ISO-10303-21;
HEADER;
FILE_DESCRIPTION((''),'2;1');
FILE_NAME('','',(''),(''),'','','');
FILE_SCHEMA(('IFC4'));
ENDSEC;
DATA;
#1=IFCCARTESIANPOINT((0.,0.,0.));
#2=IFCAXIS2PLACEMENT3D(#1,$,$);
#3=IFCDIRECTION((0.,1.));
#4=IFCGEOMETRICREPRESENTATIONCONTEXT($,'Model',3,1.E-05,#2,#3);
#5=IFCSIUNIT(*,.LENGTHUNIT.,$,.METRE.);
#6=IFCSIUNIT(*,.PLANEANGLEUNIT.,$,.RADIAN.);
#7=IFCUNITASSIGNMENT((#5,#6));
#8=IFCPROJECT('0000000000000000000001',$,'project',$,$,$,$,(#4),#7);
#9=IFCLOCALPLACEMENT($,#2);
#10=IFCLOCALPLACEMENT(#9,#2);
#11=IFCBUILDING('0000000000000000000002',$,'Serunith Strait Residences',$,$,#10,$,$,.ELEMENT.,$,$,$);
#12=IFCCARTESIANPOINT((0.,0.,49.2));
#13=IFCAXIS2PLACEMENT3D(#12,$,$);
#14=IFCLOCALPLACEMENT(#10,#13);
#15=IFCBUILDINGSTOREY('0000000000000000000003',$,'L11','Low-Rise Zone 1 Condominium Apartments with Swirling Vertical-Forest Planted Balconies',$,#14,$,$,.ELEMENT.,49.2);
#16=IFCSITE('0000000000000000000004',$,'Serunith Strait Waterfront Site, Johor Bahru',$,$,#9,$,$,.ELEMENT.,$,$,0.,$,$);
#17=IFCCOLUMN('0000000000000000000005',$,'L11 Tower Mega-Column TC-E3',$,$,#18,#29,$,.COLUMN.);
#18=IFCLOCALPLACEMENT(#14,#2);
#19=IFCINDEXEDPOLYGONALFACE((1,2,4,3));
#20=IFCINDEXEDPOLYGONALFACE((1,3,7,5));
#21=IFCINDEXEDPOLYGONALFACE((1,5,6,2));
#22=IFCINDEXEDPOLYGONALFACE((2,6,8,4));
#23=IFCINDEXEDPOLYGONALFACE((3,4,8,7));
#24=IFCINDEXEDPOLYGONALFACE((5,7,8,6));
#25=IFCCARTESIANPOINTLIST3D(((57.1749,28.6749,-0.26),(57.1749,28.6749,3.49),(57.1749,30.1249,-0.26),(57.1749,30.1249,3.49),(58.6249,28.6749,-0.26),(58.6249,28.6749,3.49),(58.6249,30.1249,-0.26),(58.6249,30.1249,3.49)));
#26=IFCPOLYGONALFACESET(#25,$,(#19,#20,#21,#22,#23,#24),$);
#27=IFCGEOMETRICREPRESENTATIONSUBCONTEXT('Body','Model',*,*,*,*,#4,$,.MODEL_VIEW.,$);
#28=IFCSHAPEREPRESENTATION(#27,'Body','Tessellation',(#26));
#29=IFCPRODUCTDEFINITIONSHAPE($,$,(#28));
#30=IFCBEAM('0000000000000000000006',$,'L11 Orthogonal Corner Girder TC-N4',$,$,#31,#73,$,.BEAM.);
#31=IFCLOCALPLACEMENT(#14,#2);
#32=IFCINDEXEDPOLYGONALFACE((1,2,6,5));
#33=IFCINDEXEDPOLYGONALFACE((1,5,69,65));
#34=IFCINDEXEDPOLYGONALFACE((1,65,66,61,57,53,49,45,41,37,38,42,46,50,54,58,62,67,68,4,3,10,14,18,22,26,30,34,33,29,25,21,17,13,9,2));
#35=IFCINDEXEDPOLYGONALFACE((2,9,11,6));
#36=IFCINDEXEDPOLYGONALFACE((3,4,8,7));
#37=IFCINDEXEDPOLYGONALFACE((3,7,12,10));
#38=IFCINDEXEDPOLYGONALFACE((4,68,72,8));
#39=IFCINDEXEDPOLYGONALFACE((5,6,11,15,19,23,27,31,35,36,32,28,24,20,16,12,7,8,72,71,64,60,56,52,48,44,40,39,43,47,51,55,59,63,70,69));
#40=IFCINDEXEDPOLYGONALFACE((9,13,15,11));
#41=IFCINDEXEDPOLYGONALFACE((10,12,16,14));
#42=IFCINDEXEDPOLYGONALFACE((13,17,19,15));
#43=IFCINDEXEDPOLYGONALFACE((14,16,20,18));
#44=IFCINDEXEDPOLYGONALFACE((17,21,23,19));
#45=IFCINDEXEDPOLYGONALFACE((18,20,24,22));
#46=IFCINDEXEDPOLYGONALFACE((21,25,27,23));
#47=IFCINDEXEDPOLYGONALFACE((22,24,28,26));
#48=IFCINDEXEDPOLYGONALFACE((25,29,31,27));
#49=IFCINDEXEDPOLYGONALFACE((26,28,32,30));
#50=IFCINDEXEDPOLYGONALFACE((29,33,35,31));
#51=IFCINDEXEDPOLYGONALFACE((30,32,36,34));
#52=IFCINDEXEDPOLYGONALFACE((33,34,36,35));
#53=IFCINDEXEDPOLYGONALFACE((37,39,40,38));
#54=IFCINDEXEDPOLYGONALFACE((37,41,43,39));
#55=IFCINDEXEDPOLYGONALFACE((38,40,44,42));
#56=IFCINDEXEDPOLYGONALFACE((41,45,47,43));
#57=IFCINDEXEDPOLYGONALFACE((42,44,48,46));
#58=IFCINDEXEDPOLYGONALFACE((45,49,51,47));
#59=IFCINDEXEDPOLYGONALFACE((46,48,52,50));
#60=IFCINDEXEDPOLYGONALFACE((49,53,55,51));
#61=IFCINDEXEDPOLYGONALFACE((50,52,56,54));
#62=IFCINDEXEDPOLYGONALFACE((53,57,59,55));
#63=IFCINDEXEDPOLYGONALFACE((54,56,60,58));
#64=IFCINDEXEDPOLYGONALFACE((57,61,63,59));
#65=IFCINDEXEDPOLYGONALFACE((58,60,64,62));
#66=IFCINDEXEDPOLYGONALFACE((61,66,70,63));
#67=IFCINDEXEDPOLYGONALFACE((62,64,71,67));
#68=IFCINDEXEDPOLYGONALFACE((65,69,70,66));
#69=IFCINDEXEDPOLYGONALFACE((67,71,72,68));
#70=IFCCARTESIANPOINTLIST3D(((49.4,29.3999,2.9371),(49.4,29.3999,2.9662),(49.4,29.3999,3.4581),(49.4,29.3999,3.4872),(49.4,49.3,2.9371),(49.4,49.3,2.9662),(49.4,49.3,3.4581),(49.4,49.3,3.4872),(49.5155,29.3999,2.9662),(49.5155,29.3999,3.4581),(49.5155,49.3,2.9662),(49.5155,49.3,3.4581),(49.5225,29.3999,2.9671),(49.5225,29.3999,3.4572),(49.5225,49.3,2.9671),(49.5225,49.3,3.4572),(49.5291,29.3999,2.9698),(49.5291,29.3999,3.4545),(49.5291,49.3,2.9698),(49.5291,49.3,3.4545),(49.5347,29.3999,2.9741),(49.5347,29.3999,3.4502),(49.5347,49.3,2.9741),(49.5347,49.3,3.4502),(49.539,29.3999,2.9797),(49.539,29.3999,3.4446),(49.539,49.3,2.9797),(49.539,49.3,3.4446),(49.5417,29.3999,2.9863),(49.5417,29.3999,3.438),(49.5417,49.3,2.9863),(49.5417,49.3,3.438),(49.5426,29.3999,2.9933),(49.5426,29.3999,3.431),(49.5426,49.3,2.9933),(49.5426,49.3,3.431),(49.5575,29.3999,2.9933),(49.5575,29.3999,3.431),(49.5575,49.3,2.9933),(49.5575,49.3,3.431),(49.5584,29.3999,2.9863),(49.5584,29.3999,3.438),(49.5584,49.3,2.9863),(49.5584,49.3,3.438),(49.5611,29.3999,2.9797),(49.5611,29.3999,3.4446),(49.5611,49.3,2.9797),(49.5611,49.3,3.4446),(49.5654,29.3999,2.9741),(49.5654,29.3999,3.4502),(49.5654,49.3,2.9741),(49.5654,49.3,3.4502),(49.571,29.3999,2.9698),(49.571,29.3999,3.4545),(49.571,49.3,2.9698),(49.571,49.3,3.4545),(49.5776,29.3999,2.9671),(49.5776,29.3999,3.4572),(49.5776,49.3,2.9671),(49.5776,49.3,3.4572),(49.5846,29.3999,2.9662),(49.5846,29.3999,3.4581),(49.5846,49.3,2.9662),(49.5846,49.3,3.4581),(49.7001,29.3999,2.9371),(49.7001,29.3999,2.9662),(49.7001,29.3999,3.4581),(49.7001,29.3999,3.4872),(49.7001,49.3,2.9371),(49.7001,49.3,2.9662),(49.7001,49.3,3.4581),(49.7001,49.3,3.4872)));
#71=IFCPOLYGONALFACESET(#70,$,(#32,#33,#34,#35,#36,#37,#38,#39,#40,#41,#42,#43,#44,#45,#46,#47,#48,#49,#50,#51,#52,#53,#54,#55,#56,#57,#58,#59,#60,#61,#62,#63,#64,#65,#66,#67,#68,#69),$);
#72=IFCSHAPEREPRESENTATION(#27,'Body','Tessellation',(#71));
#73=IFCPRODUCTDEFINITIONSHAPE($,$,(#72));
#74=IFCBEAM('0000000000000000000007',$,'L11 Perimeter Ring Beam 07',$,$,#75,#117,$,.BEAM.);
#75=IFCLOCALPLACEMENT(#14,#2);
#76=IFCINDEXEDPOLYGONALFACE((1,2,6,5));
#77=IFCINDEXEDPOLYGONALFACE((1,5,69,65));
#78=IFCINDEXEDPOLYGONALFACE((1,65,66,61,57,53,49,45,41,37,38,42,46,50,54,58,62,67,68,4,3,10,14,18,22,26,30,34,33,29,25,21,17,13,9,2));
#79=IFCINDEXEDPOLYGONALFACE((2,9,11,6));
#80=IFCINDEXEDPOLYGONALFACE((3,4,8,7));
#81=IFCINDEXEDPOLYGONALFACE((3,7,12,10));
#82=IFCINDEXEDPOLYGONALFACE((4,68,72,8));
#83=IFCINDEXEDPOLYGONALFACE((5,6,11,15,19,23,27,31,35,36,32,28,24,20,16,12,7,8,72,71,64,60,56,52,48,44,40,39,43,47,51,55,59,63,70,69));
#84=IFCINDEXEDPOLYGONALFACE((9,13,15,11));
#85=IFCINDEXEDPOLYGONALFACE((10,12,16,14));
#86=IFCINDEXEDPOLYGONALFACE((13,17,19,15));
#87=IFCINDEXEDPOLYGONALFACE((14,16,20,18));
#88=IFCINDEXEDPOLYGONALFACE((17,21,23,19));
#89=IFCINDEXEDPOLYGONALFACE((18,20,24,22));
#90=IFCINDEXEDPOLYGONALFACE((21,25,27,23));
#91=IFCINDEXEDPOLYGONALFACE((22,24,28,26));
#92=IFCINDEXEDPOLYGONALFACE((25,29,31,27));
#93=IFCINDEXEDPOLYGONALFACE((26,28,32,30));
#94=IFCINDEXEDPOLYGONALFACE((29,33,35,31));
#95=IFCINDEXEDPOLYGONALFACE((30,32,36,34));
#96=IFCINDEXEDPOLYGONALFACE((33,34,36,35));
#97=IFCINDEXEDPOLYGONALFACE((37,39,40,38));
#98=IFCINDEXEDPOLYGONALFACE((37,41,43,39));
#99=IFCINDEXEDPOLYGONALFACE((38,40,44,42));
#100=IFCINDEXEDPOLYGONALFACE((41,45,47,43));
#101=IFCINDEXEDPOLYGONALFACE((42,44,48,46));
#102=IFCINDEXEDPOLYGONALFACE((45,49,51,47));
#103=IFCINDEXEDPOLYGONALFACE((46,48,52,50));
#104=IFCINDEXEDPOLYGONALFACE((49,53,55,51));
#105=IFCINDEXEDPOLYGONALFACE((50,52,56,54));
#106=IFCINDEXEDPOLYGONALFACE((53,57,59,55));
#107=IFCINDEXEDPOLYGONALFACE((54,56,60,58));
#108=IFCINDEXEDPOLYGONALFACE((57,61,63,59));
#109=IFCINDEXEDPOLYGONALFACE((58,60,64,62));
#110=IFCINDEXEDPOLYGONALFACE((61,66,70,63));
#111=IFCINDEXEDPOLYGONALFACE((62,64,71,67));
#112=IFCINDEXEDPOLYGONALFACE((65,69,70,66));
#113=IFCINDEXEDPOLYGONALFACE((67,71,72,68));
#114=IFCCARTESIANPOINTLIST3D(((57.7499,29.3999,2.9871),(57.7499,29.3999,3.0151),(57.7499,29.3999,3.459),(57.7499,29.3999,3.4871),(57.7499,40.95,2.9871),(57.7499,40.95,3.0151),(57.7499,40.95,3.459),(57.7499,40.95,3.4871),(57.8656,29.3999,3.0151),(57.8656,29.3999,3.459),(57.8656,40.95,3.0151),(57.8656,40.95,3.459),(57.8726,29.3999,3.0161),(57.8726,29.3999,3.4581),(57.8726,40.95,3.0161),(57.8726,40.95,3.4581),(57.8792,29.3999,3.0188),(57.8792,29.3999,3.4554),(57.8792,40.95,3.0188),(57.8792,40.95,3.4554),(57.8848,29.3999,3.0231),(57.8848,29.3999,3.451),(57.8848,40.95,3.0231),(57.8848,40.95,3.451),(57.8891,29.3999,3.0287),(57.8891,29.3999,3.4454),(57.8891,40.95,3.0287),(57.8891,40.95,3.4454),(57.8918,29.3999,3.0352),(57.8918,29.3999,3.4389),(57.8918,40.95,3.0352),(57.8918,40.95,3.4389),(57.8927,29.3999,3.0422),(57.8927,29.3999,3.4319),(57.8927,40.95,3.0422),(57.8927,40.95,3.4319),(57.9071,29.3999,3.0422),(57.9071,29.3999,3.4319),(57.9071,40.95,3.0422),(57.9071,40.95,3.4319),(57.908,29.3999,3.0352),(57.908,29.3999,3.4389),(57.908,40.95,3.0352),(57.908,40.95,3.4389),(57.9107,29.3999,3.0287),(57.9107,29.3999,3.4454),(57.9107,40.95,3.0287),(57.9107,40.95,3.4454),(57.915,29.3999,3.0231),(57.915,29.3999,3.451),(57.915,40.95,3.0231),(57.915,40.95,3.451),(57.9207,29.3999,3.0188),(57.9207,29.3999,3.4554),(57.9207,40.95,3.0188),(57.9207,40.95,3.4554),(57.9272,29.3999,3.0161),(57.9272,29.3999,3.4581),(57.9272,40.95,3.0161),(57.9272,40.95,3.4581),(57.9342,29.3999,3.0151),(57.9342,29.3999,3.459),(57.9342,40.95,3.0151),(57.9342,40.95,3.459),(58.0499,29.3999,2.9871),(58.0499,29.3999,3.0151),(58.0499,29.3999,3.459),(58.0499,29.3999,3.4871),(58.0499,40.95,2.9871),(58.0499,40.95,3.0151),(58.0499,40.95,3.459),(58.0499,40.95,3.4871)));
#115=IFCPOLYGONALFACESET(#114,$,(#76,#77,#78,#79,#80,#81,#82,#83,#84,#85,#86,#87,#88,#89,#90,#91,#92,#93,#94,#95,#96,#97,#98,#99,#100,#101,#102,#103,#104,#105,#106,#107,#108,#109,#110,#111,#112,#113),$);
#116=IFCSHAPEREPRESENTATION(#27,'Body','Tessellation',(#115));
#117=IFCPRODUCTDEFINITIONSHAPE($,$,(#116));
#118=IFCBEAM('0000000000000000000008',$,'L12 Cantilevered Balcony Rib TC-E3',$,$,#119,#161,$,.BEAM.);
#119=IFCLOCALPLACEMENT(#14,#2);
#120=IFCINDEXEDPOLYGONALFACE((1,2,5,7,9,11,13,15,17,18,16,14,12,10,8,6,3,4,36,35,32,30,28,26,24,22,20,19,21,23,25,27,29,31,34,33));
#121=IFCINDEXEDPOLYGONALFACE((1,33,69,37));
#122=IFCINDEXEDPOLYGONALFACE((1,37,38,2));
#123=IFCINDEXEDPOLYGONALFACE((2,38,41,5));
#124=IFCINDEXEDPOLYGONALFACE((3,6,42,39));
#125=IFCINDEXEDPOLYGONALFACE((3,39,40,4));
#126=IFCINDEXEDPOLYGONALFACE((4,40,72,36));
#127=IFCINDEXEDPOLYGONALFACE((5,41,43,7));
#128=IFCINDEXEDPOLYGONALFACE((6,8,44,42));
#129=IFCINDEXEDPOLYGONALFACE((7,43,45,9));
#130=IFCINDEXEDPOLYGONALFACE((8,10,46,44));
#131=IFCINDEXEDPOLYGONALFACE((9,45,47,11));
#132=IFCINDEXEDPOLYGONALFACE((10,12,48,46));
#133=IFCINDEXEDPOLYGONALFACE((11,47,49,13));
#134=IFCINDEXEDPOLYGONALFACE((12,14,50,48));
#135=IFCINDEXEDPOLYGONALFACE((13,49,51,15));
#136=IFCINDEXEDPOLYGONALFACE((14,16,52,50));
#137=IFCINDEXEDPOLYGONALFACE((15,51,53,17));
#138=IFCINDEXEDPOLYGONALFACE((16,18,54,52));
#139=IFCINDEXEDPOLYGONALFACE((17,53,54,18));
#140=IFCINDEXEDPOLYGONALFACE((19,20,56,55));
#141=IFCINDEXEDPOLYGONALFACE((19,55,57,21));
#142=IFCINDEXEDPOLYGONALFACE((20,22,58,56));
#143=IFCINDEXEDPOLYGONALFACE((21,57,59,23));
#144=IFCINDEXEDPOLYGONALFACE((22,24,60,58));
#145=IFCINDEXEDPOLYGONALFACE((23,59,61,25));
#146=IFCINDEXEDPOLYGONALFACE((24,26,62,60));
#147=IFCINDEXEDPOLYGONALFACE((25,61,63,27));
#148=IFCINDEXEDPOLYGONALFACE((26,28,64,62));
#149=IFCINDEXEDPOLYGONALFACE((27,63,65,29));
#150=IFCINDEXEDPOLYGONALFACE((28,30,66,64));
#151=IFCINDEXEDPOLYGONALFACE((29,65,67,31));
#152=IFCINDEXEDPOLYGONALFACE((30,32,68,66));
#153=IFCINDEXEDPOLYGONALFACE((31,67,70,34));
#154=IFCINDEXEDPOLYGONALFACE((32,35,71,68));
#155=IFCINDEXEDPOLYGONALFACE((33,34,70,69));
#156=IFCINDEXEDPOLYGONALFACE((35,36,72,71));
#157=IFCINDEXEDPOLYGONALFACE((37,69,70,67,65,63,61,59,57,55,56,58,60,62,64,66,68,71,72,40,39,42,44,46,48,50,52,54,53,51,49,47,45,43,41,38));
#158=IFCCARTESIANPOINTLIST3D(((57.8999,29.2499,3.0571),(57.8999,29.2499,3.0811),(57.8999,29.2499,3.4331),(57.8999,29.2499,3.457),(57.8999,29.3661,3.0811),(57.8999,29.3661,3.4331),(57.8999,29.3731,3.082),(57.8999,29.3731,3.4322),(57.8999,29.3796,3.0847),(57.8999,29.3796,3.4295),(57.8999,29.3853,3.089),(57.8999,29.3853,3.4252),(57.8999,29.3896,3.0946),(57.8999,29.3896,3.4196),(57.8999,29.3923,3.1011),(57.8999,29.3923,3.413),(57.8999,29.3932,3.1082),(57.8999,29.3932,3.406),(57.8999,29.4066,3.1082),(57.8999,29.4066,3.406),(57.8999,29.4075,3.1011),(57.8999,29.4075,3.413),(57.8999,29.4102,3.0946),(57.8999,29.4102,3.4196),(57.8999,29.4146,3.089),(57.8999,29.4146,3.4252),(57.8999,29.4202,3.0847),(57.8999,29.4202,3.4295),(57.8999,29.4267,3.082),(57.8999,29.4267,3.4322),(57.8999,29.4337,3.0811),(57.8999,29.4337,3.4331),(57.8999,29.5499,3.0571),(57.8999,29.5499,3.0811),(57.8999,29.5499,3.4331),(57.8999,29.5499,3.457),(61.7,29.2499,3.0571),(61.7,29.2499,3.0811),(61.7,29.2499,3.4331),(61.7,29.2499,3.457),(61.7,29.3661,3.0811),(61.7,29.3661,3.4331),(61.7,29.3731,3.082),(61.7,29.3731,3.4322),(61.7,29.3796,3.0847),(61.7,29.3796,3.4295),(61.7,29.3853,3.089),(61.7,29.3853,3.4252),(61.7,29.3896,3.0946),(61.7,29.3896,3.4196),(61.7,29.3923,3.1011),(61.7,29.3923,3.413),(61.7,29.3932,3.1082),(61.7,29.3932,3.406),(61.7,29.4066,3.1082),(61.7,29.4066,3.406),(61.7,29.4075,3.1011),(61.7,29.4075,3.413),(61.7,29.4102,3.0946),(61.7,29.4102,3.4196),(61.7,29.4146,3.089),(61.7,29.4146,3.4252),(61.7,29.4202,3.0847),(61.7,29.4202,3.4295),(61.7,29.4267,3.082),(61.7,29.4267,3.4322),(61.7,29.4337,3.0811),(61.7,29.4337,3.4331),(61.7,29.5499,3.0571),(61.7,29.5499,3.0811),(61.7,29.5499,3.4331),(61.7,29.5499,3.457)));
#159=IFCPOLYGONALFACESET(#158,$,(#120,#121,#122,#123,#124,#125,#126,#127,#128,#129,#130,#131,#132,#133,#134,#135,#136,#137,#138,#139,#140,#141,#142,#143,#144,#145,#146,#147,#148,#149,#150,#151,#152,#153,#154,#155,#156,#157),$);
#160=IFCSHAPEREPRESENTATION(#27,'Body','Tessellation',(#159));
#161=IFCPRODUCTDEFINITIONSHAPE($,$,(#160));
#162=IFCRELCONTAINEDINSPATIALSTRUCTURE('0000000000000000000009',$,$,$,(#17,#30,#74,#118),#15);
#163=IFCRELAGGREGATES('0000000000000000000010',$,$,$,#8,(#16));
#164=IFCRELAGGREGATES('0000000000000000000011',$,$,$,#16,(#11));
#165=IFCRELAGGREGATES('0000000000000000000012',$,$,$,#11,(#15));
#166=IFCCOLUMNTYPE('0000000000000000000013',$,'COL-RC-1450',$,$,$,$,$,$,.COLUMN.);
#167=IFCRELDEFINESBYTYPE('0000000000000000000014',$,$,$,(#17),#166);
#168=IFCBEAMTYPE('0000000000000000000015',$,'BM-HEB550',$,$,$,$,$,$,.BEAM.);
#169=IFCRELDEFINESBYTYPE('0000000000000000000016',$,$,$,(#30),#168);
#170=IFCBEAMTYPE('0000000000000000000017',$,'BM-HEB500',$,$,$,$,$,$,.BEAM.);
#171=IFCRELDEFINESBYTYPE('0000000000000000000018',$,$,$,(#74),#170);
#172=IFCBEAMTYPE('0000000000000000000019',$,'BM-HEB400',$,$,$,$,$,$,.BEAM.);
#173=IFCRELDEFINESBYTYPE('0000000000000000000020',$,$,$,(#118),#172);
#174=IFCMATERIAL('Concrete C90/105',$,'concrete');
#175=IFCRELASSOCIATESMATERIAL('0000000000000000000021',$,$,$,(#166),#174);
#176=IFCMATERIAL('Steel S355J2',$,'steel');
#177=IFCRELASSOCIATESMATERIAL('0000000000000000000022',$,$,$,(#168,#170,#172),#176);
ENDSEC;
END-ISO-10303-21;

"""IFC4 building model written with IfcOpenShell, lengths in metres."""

from ifc_helpers import new_model, si_unit, direction, frame, origin, origin_2d, place, context, subcontext, project, spatial, rectangle, i_section, extrude, source, transform, mapped, material, material_profile, profile_set, type_object, element, save


model = new_model("IFC4")

# Units and contexts
model_context = context("Model", 3, precision=1e-05, world=origin(), true_north=direction((0.0, 1.0)))
body_context = subcontext(model_context, "Body", "Model", "MODEL_VIEW")
ifc_project = project(units=[si_unit("LENGTHUNIT", "METRE"), si_unit("PLANEANGLEUNIT", "RADIAN")], contexts=[model_context])

# Site, building, storey
site_placement = place(None, origin())
site = spatial("IfcSite", under=ifc_project, at=site_placement, Name="Serunith Strait Waterfront Site, Johor Bahru", CompositionType="ELEMENT", RefElevation=0.0)
building_placement = place(site_placement, origin())
building = spatial("IfcBuilding", under=site, at=building_placement, Name="Serunith Strait Residences", CompositionType="ELEMENT")
storey_placement = place(building_placement, frame((0.0, 0.0, 49.2)))
storey = spatial("IfcBuildingStorey", under=building, at=storey_placement, Name="L11", Description="Low-Rise Zone 1 Condominium Apartments with Swirling Vertical-Forest Planted Balconies", CompositionType="ELEMENT", Elevation=49.2)

# Column
ifc_material_1 = material(Name="Concrete C90/105", Category="concrete")
ifc_material_profile_1 = material_profile(ifc_material_1, rectangle(XDim=1.45, YDim=1.45, at=origin_2d()), Name="RC 1450x1450")
ifc_profile_set_1 = profile_set([ifc_material_profile_1], Name="Concrete C90/105")
column_type = type_object("IfcColumnType", Name="COL-RC-1450", PredefinedType="COLUMN", material=ifc_profile_set_1)
shared_shape_1 = source(origin(), body_context, "Body", "SweptSolid", [
    extrude(rectangle(XDim=1.45, YDim=1.45, at=origin_2d()), origin(), (0.0, 0.0, 1.0), 3.75),
])
column_placement = place(storey_placement, frame((57.8999, 29.3999, -0.26), z_axis=(0.0, 0.0, 1.0), x_axis=(1.0, 0.0, 0.0)))
element("IfcColumn", 1, at=column_placement, inside=storey, type_object=column_type, Name="L11 Tower Mega-Column TC-E3", PredefinedType="COLUMN", context=body_context, shape_type="MappedRepresentation", body=[
    mapped(shared_shape_1, transform((0.0, 0.0, 0.0), scale=1.0)),
])

# Beams
ifc_material_2 = material(Name="Steel S355J2", Category="steel")
ifc_material_profile_2 = material_profile(ifc_material_2, i_section(OverallWidth=0.3, OverallDepth=0.55, WebThickness=0.0149, FlangeThickness=0.0291, FilletRadius=0.0271, at=origin_2d()), Name="HEB 550")
ifc_profile_set_2 = profile_set([ifc_material_profile_2], Name="Steel S355J2")
beam_type_1 = type_object("IfcBeamType", Name="BM-HEB550", PredefinedType="BEAM", material=ifc_profile_set_2)
shared_shape_2 = source(origin(), body_context, "Body", "SweptSolid", [
    extrude(i_section(OverallWidth=0.3, OverallDepth=0.55, WebThickness=0.0149, FlangeThickness=0.0291, FilletRadius=0.0271, at=origin_2d()), origin(), (0.0, 0.0, 1.0), 19.9001),
])
beam_1_placement = place(storey_placement, frame((49.55, 29.3999, 3.2122), z_axis=(0.0, 1.0, 0.0), x_axis=(-1.0, 0.0, 0.0)))
element("IfcBeam", 2, at=beam_1_placement, inside=storey, type_object=beam_type_1, Name="L11 Orthogonal Corner Girder TC-N4", PredefinedType="BEAM", context=body_context, shape_type="MappedRepresentation", body=[
    mapped(shared_shape_2, transform((0.0, 0.0, 0.0), scale=1.0)),
])
ifc_material_profile_3 = material_profile(ifc_material_2, i_section(OverallWidth=0.3, OverallDepth=0.5, WebThickness=0.0144, FlangeThickness=0.0281, FilletRadius=0.0271, at=origin_2d()), Name="HEB 500")
ifc_profile_set_3 = profile_set([ifc_material_profile_3], Name="Steel S355J2")
beam_type_2 = type_object("IfcBeamType", Name="BM-HEB500", PredefinedType="BEAM", material=ifc_profile_set_3)
shared_shape_3 = source(origin(), body_context, "Body", "SweptSolid", [
    extrude(i_section(OverallWidth=0.3, OverallDepth=0.5, WebThickness=0.0144, FlangeThickness=0.0281, FilletRadius=0.0271, at=origin_2d()), origin(), (0.0, 0.0, 1.0), 11.55),
])
beam_2_placement = place(storey_placement, frame((57.8999, 29.3999, 3.2371), z_axis=(0.0, 1.0, 0.0), x_axis=(-1.0, 0.0, 0.0)))
element("IfcBeam", 3, at=beam_2_placement, inside=storey, type_object=beam_type_2, Name="L11 Perimeter Ring Beam 07", PredefinedType="BEAM", context=body_context, shape_type="MappedRepresentation", body=[
    mapped(shared_shape_3, transform((0.0, 0.0, 0.0), scale=1.0)),
])
ifc_material_profile_4 = material_profile(ifc_material_2, i_section(OverallWidth=0.3, OverallDepth=0.3999, WebThickness=0.0134, FlangeThickness=0.0239, FilletRadius=0.0271, at=origin_2d()), Name="HEB 400")
ifc_profile_set_4 = profile_set([ifc_material_profile_4], Name="Steel S355J2")
beam_type_3 = type_object("IfcBeamType", Name="BM-HEB400", PredefinedType="BEAM", material=ifc_profile_set_4)
shared_shape_4 = source(origin(), body_context, "Body", "SweptSolid", [
    extrude(i_section(OverallWidth=0.3, OverallDepth=0.3999, WebThickness=0.0134, FlangeThickness=0.0239, FilletRadius=0.0271, at=origin_2d()), origin(), (0.0, 0.0, 1.0), 3.8),
])
beam_3_placement = place(storey_placement, frame((57.8999, 29.3999, 3.2571), z_axis=(1.0, 0.0, 0.0), x_axis=(0.0, 1.0, 0.0)))
element("IfcBeam", 4, at=beam_3_placement, inside=storey, type_object=beam_type_3, Name="L12 Cantilevered Balcony Rib TC-E3", PredefinedType="BEAM", context=body_context, shape_type="MappedRepresentation", body=[
    mapped(shared_shape_4, transform((0.0, 0.0, 0.0), scale=1.0)),
])

save(model, "model.ifc")
